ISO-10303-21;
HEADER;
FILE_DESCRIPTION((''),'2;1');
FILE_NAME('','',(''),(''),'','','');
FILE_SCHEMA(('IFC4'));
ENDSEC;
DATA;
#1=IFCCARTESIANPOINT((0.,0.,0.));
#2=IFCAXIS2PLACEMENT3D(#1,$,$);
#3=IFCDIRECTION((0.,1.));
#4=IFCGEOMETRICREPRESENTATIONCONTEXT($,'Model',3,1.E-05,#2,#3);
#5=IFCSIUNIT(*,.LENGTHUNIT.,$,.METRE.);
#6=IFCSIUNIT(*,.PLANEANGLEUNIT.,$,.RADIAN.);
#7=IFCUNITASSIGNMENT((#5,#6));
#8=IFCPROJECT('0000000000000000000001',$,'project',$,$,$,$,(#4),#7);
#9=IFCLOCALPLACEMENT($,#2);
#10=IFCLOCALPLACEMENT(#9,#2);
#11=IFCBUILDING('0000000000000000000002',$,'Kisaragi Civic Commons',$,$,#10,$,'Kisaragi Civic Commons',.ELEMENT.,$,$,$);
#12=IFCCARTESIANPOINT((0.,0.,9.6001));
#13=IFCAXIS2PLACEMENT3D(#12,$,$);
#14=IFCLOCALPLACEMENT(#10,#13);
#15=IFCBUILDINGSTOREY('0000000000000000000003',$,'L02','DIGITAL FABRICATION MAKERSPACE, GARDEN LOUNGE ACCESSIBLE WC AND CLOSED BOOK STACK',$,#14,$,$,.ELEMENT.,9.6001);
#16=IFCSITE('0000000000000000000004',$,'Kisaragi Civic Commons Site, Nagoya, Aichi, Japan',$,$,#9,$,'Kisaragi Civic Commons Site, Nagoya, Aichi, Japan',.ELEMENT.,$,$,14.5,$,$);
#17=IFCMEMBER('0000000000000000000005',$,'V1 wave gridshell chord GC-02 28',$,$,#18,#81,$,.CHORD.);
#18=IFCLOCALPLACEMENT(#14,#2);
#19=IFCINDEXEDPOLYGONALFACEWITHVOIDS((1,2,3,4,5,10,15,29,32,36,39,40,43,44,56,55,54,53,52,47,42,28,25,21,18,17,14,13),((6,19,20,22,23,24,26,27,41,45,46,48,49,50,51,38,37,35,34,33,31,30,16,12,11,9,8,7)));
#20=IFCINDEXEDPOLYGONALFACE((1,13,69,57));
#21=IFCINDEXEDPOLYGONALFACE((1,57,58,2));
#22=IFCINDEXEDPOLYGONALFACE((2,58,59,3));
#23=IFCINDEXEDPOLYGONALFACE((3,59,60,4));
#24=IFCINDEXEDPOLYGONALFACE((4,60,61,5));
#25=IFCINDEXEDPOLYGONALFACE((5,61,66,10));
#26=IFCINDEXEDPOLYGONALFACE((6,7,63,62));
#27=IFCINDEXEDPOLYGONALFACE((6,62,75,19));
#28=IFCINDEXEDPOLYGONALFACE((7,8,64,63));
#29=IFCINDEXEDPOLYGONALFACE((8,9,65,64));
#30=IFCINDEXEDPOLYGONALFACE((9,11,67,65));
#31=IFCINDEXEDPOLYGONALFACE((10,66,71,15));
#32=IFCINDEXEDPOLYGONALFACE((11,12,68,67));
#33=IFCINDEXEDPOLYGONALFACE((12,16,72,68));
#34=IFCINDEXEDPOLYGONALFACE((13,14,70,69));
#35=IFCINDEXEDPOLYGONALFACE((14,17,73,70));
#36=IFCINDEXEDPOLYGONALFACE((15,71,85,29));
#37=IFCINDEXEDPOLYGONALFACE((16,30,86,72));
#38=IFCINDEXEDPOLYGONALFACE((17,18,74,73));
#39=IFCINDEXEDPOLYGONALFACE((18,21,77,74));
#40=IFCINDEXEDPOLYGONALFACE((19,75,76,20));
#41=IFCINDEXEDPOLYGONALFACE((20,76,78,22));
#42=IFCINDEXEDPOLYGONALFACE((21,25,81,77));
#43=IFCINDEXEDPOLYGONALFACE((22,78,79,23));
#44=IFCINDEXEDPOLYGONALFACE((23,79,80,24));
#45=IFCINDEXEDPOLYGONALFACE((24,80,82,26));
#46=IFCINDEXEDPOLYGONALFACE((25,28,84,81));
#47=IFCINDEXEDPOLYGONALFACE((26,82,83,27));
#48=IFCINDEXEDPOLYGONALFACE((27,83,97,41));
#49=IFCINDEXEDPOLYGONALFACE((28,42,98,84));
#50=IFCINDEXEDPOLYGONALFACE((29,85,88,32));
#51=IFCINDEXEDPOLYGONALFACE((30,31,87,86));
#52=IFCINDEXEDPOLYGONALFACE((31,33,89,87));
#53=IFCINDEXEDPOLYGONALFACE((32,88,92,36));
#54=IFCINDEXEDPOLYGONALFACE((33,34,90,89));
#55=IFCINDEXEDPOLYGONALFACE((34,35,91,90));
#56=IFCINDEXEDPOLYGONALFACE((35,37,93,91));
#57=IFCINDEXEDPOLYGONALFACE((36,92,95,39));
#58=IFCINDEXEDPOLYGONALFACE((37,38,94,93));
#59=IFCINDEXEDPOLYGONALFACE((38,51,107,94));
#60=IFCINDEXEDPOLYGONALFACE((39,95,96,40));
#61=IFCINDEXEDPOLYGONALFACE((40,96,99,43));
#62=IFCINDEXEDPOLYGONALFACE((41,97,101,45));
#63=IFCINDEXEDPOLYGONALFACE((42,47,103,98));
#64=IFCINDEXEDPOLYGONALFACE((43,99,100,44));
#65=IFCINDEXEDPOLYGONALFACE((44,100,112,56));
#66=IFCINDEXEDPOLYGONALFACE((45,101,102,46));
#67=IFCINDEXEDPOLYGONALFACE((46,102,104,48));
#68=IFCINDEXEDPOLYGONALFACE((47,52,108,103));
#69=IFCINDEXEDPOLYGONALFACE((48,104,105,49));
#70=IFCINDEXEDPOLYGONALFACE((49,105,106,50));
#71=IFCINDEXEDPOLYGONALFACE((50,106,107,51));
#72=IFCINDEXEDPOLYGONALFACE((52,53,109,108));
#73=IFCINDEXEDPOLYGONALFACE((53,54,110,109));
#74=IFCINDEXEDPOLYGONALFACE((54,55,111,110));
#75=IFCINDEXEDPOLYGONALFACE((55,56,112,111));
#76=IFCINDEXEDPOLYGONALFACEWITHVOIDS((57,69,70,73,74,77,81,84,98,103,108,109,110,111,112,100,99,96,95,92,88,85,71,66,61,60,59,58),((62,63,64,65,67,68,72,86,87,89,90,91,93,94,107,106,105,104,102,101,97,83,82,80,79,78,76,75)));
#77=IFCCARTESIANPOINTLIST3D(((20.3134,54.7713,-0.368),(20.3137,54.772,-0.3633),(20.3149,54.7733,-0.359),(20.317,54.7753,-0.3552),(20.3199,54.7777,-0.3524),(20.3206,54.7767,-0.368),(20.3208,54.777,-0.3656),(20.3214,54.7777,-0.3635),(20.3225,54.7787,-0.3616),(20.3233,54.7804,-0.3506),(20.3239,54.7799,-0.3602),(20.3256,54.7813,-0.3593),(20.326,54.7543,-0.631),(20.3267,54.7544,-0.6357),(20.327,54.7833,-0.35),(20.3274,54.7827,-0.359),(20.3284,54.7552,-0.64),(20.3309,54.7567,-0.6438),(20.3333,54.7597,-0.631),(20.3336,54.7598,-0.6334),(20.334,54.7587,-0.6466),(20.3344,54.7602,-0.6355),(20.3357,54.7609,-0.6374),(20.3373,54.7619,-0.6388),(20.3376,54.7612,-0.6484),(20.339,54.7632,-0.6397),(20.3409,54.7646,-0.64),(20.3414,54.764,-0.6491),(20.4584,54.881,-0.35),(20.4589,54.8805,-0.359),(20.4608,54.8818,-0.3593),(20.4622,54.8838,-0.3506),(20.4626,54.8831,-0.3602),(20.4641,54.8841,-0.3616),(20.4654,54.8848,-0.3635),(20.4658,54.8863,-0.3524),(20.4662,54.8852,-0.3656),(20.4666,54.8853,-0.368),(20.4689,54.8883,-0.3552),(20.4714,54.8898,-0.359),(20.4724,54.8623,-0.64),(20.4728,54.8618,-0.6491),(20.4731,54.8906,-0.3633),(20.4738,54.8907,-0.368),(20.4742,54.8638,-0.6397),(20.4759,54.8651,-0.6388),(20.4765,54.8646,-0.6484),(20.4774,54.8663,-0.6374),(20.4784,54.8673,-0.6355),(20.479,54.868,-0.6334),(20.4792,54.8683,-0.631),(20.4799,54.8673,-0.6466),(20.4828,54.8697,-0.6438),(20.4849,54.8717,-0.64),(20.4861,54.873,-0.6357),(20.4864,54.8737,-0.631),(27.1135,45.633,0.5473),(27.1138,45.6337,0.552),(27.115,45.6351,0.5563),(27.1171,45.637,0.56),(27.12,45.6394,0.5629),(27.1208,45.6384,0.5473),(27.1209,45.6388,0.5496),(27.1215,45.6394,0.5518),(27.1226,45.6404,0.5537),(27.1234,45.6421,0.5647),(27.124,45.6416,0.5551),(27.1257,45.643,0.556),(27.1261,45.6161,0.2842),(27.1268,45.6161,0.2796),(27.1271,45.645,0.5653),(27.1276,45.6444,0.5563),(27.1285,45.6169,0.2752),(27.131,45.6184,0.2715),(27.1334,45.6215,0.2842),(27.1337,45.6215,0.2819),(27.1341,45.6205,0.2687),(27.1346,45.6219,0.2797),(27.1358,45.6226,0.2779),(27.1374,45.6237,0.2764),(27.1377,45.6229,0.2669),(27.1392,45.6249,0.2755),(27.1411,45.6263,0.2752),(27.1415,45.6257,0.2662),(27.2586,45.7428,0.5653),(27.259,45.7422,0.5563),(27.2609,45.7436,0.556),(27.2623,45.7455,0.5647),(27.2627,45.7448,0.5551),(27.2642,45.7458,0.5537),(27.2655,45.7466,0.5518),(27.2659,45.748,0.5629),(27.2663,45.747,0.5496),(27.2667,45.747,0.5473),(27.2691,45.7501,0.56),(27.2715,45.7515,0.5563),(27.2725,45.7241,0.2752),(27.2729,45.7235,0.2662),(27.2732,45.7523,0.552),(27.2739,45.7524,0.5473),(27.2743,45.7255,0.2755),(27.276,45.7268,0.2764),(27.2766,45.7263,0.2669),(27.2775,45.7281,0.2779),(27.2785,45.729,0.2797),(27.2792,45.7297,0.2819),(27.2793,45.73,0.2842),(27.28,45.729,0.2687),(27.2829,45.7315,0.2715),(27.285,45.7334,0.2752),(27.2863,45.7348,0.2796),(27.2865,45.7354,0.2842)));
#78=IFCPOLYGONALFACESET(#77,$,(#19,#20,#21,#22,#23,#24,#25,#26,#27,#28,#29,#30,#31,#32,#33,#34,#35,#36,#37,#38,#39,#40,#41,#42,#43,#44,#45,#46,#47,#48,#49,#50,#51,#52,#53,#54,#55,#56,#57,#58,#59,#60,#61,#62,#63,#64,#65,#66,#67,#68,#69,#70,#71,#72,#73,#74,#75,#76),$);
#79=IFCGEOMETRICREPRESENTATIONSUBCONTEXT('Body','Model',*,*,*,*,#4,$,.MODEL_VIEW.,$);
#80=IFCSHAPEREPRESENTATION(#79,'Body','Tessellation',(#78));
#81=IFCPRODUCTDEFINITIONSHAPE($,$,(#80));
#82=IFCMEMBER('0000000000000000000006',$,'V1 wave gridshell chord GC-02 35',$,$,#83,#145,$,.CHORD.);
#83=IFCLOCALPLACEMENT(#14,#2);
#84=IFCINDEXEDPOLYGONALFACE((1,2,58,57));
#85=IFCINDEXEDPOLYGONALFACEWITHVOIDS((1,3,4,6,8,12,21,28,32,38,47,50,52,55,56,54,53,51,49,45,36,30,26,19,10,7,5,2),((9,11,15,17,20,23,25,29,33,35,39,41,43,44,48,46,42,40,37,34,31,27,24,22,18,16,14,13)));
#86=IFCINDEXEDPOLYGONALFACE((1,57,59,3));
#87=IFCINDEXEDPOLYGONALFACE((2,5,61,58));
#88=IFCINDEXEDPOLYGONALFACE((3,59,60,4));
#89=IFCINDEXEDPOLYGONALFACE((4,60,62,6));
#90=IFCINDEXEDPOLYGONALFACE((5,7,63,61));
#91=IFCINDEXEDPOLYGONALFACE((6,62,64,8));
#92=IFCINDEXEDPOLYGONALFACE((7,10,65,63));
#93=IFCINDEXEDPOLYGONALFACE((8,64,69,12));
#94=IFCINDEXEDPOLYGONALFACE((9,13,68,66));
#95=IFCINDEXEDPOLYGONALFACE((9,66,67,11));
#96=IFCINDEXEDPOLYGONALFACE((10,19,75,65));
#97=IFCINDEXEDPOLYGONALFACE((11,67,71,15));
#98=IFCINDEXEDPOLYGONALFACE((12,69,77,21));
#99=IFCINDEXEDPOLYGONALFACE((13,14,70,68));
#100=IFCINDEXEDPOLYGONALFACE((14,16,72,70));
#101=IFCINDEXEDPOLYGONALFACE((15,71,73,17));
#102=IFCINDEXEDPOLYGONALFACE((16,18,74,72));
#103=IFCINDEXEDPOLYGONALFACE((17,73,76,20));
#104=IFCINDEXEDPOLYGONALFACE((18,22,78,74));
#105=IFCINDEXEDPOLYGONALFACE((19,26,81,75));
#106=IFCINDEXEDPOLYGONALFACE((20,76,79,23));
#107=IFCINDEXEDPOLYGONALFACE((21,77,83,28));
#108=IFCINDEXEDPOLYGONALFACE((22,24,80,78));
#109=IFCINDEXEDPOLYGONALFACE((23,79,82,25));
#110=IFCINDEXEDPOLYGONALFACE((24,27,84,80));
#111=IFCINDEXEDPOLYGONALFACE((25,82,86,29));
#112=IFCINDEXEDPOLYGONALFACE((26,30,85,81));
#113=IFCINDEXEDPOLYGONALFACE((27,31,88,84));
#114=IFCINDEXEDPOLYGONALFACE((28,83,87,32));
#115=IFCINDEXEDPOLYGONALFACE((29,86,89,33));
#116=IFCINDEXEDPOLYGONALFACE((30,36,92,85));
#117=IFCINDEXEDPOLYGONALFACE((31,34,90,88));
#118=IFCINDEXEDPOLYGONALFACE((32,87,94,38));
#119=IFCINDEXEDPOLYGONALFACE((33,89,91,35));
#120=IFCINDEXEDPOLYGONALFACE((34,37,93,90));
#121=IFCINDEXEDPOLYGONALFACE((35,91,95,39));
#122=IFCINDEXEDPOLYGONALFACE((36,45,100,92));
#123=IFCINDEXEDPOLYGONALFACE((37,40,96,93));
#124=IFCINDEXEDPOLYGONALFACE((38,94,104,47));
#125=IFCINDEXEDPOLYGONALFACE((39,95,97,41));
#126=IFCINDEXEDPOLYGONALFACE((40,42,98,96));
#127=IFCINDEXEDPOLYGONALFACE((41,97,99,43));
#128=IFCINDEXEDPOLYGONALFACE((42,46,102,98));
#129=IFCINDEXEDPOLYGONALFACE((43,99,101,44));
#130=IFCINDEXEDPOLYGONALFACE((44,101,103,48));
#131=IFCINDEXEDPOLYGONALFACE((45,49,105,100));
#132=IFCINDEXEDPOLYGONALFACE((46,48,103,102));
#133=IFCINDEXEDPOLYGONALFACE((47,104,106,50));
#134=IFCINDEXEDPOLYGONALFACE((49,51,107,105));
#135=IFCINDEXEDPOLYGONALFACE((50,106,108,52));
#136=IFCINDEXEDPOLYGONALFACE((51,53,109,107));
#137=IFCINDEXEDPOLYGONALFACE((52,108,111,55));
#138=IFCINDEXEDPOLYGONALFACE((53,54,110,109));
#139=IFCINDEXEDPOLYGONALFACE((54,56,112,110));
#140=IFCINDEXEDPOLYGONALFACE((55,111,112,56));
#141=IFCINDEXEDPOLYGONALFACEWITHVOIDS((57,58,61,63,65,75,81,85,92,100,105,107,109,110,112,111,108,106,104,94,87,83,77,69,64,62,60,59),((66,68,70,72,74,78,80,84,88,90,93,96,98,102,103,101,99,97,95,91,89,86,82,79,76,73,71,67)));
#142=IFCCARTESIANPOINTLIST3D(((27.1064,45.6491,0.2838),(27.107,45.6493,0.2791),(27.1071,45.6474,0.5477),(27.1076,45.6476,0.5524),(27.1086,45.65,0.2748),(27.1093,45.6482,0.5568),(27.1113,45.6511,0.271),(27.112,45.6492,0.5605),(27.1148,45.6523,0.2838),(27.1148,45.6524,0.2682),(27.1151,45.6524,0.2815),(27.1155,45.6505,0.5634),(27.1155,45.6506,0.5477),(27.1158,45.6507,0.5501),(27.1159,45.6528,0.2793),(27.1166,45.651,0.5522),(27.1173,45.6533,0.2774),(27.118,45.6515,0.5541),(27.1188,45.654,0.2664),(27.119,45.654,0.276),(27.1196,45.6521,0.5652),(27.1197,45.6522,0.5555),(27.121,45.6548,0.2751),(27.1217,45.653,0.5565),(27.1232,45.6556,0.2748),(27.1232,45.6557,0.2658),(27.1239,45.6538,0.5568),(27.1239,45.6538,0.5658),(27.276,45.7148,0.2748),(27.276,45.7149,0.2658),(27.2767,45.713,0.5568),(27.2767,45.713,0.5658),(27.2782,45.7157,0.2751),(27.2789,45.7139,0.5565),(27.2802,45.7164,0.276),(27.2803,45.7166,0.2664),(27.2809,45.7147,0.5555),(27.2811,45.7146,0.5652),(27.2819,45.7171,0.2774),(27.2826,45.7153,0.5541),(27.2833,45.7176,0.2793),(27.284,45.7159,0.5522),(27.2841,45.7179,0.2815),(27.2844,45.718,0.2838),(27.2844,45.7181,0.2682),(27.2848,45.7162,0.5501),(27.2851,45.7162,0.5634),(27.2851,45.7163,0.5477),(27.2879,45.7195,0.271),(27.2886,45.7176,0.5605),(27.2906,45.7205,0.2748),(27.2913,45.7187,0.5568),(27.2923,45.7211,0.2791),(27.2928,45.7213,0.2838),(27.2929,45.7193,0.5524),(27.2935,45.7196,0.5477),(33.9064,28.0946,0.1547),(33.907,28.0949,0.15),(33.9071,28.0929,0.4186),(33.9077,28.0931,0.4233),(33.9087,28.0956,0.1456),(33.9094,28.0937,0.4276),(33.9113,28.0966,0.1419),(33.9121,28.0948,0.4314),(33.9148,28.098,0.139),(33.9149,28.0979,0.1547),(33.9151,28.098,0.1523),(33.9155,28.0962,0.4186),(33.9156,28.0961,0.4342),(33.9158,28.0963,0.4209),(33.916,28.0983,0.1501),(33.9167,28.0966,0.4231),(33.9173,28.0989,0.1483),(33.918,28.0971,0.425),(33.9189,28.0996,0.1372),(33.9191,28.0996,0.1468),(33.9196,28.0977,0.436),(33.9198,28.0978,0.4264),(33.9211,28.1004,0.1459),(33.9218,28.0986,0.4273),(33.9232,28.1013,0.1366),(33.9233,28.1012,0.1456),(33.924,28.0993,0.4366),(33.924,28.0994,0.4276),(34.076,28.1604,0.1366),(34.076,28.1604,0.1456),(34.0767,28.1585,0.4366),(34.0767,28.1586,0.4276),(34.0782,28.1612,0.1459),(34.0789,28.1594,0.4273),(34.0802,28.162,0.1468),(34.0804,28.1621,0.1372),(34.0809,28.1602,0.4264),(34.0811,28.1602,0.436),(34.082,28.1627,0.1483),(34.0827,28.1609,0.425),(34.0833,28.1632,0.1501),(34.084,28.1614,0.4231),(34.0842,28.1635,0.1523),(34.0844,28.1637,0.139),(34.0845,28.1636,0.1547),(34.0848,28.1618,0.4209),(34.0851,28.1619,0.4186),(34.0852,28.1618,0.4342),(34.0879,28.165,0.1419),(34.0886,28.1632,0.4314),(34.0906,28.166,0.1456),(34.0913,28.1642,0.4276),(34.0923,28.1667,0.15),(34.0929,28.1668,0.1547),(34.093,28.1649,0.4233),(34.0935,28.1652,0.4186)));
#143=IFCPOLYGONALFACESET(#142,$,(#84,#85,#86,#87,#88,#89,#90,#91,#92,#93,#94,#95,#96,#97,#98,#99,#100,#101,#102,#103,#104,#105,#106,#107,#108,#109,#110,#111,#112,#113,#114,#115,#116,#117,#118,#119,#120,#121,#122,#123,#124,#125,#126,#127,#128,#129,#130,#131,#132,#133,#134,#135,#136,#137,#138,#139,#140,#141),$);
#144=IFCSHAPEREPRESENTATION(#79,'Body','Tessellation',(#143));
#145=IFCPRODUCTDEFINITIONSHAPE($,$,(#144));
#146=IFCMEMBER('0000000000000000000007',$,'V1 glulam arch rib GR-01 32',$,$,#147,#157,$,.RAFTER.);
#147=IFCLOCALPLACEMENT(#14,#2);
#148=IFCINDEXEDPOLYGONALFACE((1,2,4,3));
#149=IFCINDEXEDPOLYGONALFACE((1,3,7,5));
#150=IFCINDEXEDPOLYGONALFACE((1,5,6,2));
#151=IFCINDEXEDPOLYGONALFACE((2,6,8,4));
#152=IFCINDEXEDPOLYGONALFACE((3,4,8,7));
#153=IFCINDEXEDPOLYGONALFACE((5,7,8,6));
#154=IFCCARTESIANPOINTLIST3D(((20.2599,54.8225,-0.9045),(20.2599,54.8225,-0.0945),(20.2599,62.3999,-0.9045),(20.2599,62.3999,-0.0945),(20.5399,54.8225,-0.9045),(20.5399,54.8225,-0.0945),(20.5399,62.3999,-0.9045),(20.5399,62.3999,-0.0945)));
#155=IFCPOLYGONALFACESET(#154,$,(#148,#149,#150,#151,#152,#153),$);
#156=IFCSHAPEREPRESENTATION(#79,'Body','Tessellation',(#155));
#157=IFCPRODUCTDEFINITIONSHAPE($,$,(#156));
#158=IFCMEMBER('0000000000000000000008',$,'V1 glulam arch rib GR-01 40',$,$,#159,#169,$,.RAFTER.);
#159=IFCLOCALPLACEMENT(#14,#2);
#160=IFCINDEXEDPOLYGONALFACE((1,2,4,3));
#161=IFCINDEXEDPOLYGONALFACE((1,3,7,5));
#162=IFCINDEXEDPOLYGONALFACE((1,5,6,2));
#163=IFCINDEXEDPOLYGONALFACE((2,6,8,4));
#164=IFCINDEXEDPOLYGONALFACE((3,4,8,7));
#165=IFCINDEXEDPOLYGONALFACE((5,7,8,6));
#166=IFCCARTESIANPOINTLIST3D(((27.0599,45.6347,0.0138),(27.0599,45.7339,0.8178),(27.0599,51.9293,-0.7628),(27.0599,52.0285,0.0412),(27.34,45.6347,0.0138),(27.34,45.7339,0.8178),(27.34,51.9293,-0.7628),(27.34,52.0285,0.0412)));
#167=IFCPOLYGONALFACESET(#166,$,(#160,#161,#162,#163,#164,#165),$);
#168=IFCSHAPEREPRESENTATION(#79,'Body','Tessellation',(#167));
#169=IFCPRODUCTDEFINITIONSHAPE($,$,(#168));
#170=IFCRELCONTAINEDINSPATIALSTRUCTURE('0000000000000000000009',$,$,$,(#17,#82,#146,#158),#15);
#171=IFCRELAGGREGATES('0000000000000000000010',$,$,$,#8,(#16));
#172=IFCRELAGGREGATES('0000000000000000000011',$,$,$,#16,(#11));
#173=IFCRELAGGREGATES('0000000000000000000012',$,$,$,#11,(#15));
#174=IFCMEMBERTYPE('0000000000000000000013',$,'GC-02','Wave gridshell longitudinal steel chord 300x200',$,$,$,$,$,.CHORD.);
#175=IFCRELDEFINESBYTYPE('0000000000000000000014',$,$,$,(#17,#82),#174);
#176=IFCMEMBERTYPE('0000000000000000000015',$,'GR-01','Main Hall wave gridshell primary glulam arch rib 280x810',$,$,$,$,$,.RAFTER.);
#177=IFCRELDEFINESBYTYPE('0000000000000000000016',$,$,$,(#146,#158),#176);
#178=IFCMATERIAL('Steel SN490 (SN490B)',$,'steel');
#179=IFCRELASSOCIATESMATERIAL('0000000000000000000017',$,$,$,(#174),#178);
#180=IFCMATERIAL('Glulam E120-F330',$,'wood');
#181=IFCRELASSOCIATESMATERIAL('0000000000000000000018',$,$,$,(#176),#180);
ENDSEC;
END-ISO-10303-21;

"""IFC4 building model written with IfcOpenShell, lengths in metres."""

from ifc_helpers import new_model, si_unit, direction, frame, origin, origin_2d, place, context, subcontext, project, spatial, rectangle, hollow_rectangle, extrude, material, material_profile, profile_set, type_object, element, save


model = new_model("IFC4")

# Units and contexts
model_context = context("Model", 3, precision=1e-05, world=origin(), true_north=direction((0.0, 1.0)))
body_context = subcontext(model_context, "Body", "Model", "MODEL_VIEW")
ifc_project = project(units=[si_unit("LENGTHUNIT", "METRE"), si_unit("PLANEANGLEUNIT", "RADIAN")], contexts=[model_context])

# Site, building, storey
site_placement = place(None, origin())
site = spatial("IfcSite", under=ifc_project, at=site_placement, Name="Kisaragi Civic Commons Site, Nagoya, Aichi, Japan", LongName="Kisaragi Civic Commons Site, Nagoya, Aichi, Japan", CompositionType="ELEMENT", RefElevation=14.5)
building_placement = place(site_placement, origin())
building = spatial("IfcBuilding", under=site, at=building_placement, Name="Kisaragi Civic Commons", LongName="Kisaragi Civic Commons", CompositionType="ELEMENT")
storey_placement = place(building_placement, frame((0.0, 0.0, 9.6001)))
storey = spatial("IfcBuildingStorey", under=building, at=storey_placement, Name="L02", Description="DIGITAL FABRICATION MAKERSPACE, GARDEN LOUNGE ACCESSIBLE WC AND CLOSED BOOK STACK", CompositionType="ELEMENT", Elevation=9.6001)

# Members
ifc_material_1 = material(Name="Steel SN490 (SN490B)", Category="steel")
ifc_material_profile_1 = material_profile(ifc_material_1, hollow_rectangle(XDim=0.2, YDim=0.3, WallThickness=0.009, InnerFilletRadius=0.009, OuterFilletRadius=0.0181, at=origin_2d()), Name="STKR-300x200x9", Category="steel")
ifc_profile_set_1 = profile_set([ifc_material_profile_1], Name="Steel SN490 (SN490B)")
member_type_1 = type_object("IfcMemberType", Name="GC-02", Description="Wave gridshell longitudinal steel chord 300x200", PredefinedType="CHORD", material=ifc_profile_set_1)
member_1_placement = place(storey_placement, frame((20.3999, 54.8225, -0.4995), z_axis=(0.595067, -0.799675, 0.080096), x_axis=(0.802253, 0.596985, 0.0)))
element("IfcMember", 1, at=member_1_placement, inside=storey, type_object=member_type_1, Name="V1 wave gridshell chord GC-02 28", PredefinedType="CHORD", context=body_context, shape_type="SweptSolid", body=[
    extrude(hollow_rectangle(XDim=0.2, YDim=0.3, WallThickness=0.009, InnerFilletRadius=0.009, OuterFilletRadius=0.0181, at=origin_2d()), origin(), (0.0, 0.0, 1.0), 11.4275),
])
member_2_placement = place(storey_placement, frame((27.2, 45.6843, 0.4158), z_axis=(0.361206, -0.932461, -0.00686), x_axis=(0.932483, 0.361215, 0.0)))
element("IfcMember", 2, at=member_2_placement, inside=storey, type_object=member_type_1, Name="V1 wave gridshell chord GC-02 35", PredefinedType="CHORD", context=body_context, shape_type="SweptSolid", body=[
    extrude(hollow_rectangle(XDim=0.2, YDim=0.3, WallThickness=0.009, InnerFilletRadius=0.009, OuterFilletRadius=0.0181, at=origin_2d()), origin(), (0.0, 0.0, 1.0), 18.8259),
])
ifc_material_2 = material(Name="Glulam E120-F330", Category="wood")
ifc_material_profile_2 = material_profile(ifc_material_2, rectangle(XDim=0.28, YDim=0.8101, at=origin_2d()), Name="GL-280x810", Category="wood")
ifc_profile_set_2 = profile_set([ifc_material_profile_2], Name="Glulam E120-F330")
member_type_2 = type_object("IfcMemberType", Name="GR-01", Description="Main Hall wave gridshell primary glulam arch rib 280x810", PredefinedType="RAFTER", material=ifc_profile_set_2)
member_3_placement = place(storey_placement, frame((20.3999, 54.8225, -0.4995), z_axis=(0.0, 1.0, 0.0), x_axis=(-1.0, 0.0, 0.0)))
element("IfcMember", 3, at=member_3_placement, inside=storey, type_object=member_type_2, Name="V1 glulam arch rib GR-01 32", PredefinedType="RAFTER", context=body_context, shape_type="SweptSolid", body=[
    extrude(rectangle(XDim=0.28, YDim=0.8101, at=origin_2d()), origin(), (0.0, 0.0, 1.0), 7.5774),
])
member_4_placement = place(storey_placement, frame((27.2, 45.6843, 0.4158), z_axis=(0.0, 0.992475, -0.122447), x_axis=(-1.0, 0.0, 0.0)))
element("IfcMember", 4, at=member_4_placement, inside=storey, type_object=member_type_2, Name="V1 glulam arch rib GR-01 40", PredefinedType="RAFTER", context=body_context, shape_type="SweptSolid", body=[
    extrude(rectangle(XDim=0.28, YDim=0.8101, at=origin_2d()), origin(), (0.0, 0.0, 1.0), 6.3423),
])

save(model, "model.ifc")
